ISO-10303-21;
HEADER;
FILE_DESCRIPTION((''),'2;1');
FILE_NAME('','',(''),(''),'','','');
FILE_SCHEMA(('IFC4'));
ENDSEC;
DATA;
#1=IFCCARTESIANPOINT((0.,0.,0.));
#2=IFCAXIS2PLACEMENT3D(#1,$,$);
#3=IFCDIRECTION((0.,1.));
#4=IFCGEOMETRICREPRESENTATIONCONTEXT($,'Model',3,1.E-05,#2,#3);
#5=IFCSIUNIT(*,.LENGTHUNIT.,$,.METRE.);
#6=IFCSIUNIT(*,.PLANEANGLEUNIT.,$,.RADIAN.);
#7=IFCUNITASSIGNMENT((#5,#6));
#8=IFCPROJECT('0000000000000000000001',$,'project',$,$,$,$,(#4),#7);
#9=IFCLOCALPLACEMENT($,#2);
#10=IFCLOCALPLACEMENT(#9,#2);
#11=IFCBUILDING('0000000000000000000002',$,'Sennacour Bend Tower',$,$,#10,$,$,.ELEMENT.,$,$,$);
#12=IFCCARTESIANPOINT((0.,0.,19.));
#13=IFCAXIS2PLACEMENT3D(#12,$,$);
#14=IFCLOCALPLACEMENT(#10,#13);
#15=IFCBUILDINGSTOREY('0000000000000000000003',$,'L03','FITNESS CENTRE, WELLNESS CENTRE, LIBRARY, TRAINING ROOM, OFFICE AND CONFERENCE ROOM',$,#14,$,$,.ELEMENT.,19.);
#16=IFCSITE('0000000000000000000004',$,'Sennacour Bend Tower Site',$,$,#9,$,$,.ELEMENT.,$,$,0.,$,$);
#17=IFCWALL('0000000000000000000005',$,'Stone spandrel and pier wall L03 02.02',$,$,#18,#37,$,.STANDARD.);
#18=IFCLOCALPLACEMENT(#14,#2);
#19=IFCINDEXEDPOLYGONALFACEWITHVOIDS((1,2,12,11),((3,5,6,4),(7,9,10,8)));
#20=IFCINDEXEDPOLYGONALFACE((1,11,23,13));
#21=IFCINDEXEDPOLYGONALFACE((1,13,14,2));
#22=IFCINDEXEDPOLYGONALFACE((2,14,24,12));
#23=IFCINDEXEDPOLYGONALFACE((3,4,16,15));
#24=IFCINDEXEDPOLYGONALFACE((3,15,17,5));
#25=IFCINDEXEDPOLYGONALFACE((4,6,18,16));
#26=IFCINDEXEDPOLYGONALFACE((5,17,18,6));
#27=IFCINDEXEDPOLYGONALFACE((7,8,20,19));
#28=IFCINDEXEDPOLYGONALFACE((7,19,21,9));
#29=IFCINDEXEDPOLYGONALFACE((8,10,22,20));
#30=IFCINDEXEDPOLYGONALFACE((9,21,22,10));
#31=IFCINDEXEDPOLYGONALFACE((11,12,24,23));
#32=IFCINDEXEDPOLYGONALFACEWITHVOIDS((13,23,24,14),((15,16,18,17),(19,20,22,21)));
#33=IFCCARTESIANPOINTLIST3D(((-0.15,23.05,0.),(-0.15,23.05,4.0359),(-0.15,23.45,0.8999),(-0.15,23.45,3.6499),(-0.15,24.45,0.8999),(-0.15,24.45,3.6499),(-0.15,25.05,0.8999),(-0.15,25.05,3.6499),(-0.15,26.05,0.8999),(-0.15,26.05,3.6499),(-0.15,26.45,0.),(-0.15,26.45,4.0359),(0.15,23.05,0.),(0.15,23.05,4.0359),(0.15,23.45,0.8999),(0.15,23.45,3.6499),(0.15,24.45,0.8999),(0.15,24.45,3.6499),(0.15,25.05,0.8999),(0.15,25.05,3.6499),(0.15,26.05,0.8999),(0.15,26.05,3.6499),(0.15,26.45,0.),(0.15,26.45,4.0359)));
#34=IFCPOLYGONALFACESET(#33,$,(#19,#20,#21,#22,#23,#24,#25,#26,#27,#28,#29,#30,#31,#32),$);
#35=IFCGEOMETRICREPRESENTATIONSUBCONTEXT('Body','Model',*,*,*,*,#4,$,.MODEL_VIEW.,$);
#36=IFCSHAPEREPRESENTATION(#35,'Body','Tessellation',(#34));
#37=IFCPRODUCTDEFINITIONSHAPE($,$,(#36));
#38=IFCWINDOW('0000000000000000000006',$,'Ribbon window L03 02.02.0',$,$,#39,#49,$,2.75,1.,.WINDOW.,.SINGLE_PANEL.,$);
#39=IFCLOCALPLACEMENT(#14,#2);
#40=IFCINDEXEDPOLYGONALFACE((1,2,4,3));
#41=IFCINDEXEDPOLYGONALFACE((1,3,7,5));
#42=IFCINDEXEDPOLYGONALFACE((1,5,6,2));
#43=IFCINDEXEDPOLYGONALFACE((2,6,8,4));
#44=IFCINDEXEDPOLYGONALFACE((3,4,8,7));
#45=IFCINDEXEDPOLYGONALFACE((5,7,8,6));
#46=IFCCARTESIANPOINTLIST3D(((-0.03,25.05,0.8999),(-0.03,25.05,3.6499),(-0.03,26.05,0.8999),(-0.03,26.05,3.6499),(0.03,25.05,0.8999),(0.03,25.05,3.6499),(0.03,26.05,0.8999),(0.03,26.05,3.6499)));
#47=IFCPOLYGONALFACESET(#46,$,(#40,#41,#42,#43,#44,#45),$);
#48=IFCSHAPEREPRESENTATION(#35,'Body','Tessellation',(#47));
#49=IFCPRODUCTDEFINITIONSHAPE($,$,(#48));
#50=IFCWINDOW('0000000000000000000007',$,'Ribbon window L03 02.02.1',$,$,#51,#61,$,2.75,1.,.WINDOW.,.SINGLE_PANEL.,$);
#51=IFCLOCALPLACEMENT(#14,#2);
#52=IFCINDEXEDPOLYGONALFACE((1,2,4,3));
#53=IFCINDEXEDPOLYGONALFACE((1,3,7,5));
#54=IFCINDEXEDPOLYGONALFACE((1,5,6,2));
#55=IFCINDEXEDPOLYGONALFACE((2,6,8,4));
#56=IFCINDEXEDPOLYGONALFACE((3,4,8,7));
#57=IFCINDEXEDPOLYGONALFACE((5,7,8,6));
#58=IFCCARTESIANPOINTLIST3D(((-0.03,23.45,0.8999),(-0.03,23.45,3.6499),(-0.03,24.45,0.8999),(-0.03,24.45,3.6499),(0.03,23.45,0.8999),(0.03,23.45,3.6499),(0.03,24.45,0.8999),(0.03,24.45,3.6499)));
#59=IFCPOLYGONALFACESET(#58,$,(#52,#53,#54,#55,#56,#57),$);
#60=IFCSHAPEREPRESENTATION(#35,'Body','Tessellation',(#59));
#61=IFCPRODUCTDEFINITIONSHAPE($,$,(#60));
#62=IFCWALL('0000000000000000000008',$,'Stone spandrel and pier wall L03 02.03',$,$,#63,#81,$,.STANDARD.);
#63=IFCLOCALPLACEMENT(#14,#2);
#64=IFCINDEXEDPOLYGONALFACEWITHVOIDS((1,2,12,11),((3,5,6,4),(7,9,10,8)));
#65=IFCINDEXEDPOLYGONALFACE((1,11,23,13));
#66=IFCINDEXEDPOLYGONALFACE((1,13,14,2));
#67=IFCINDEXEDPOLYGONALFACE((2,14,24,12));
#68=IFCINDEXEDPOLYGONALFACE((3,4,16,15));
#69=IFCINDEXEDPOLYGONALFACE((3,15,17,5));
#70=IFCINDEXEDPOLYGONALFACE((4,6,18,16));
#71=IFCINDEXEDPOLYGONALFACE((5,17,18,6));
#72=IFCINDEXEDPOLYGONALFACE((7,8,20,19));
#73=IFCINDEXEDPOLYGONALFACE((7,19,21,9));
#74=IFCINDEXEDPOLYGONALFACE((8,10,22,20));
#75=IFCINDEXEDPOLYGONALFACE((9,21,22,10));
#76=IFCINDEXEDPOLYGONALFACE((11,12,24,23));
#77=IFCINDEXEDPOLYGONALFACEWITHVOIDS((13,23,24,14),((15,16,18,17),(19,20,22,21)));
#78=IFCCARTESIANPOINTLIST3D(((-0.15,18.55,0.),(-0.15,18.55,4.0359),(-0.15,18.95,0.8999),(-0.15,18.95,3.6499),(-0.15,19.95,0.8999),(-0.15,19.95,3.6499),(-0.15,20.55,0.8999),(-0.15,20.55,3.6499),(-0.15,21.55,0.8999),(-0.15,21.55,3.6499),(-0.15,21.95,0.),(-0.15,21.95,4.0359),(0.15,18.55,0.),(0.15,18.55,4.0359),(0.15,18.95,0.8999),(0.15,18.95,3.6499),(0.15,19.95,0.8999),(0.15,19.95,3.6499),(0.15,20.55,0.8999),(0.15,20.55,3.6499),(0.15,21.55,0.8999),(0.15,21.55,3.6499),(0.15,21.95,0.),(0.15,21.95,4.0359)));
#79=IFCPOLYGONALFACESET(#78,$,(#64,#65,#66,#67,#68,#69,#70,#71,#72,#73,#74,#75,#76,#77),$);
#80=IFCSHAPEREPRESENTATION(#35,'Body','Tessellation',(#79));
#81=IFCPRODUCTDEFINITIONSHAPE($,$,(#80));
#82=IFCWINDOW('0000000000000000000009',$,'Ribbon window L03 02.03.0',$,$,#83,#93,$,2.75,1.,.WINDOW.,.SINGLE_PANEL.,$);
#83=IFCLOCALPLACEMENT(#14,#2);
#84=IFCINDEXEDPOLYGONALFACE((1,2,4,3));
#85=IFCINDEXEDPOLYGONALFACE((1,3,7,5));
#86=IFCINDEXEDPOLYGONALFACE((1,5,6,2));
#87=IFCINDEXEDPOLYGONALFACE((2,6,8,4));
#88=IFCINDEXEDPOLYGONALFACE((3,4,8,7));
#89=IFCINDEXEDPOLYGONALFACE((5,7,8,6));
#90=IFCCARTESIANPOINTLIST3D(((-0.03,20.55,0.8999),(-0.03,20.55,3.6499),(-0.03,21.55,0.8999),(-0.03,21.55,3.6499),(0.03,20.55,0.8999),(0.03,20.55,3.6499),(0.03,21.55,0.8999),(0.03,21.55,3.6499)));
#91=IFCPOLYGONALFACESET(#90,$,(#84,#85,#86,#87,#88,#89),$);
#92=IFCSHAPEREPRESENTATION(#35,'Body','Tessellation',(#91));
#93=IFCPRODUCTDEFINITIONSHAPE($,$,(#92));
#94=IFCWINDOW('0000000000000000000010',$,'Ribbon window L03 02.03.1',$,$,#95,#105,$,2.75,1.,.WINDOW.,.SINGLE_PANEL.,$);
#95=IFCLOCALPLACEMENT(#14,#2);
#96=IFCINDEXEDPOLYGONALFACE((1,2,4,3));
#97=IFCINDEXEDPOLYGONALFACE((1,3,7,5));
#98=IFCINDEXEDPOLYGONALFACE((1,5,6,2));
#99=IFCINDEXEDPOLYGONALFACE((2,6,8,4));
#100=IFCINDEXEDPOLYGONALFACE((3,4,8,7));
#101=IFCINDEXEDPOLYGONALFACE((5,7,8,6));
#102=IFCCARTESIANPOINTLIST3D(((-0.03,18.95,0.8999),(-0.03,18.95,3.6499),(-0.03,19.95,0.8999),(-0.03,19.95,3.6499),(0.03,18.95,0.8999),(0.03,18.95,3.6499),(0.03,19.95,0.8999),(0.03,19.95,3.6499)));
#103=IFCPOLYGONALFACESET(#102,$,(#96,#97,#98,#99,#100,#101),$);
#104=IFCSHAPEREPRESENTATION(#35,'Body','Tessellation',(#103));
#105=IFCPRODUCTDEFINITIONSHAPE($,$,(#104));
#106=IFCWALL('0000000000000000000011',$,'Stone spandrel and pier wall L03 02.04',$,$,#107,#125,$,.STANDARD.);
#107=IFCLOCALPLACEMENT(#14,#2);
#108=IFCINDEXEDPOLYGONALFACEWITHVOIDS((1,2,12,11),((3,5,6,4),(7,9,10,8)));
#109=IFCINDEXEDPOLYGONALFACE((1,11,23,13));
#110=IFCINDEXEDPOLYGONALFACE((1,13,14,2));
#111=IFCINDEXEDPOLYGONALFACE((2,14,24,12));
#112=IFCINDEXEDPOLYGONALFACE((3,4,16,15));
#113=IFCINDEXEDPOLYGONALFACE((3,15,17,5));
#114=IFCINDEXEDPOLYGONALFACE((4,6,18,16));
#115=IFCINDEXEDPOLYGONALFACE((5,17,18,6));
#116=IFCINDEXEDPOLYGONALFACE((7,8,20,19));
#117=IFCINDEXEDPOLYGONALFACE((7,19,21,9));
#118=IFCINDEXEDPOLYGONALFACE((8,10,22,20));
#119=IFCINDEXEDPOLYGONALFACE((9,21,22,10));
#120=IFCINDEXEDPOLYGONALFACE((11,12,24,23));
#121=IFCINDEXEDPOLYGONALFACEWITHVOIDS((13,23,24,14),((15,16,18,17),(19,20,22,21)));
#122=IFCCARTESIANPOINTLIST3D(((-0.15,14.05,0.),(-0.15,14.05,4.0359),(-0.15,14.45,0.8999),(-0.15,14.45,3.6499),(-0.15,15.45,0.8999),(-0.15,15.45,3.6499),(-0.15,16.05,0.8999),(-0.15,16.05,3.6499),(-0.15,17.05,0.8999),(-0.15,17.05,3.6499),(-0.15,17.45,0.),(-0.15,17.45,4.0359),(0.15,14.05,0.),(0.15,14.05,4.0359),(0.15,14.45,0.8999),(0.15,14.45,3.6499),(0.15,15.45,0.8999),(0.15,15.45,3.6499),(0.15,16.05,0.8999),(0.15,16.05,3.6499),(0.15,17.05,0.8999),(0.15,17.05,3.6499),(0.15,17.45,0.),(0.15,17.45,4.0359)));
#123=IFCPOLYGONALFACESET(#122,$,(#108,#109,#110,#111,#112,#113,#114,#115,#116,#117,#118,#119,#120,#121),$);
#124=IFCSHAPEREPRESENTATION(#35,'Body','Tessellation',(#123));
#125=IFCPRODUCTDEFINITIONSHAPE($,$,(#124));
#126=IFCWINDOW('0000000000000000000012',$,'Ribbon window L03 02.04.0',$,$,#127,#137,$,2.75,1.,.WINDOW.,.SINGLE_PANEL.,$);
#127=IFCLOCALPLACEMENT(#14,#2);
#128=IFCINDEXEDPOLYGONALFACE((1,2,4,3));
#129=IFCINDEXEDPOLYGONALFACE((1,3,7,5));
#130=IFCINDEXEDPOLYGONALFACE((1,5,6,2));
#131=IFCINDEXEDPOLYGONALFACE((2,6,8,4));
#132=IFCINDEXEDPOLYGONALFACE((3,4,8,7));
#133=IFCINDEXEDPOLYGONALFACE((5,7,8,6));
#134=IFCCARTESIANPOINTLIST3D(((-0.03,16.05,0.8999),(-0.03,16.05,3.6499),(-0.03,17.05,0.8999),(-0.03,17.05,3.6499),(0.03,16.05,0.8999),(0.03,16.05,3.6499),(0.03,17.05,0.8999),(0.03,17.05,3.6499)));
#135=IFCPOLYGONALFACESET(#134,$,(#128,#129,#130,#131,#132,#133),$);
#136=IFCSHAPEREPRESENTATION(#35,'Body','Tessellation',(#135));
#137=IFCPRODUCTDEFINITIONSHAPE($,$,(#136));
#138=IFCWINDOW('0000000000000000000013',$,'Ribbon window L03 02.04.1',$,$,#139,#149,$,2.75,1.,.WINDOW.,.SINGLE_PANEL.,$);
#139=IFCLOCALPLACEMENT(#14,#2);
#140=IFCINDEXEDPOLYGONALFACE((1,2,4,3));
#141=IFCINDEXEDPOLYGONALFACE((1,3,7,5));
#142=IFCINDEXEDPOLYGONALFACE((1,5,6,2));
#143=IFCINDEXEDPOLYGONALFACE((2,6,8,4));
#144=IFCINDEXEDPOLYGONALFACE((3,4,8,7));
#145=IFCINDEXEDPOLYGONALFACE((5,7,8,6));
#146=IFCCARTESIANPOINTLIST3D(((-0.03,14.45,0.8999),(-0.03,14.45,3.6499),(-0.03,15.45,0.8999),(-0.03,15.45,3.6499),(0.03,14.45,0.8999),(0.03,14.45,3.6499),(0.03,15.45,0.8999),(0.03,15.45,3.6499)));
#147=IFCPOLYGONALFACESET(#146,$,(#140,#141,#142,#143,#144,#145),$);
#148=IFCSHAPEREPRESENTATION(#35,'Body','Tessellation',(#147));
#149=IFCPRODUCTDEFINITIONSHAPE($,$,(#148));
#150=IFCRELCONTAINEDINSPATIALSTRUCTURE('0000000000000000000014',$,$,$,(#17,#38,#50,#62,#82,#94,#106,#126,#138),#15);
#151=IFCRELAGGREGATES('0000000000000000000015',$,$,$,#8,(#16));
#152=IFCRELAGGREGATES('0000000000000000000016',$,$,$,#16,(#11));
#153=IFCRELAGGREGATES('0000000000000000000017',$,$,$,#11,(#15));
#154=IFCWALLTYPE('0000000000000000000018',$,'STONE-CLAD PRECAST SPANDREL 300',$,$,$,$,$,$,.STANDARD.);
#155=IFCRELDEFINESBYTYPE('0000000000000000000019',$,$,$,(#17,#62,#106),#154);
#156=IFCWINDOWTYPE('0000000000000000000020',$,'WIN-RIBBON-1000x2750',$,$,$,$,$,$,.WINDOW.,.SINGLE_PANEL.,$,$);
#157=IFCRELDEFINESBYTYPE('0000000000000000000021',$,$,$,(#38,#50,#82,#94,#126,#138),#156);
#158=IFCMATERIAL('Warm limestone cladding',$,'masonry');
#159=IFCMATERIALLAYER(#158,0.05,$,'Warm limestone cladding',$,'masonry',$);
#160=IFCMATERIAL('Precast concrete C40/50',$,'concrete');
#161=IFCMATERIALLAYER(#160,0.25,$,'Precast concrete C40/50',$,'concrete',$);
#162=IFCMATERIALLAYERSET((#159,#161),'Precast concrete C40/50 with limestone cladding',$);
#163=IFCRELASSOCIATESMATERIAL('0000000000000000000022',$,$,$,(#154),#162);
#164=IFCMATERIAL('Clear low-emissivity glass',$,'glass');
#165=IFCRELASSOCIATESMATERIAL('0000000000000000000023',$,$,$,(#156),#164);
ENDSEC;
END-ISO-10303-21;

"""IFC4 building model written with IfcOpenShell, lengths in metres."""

from ifc_helpers import new_model, si_unit, direction, frame, frame_2d, origin, place, context, subcontext, project, spatial, rectangle, extrude, material, layer, layer_set, type_object, element, fill, save


model = new_model("IFC4")

# Units and contexts
model_context = context("Model", 3, precision=1e-05, world=origin(), true_north=direction((0.0, 1.0)))
body_context = subcontext(model_context, "Body", "Model", "MODEL_VIEW")
ifc_project = project(units=[si_unit("LENGTHUNIT", "METRE"), si_unit("PLANEANGLEUNIT", "RADIAN")], contexts=[model_context])

# Site, building, storey
site_placement = place(None, origin())
site = spatial("IfcSite", under=ifc_project, at=site_placement, Name="Sennacour Bend Tower Site", CompositionType="ELEMENT", RefElevation=0.0)
building_placement = place(site_placement, origin())
building = spatial("IfcBuilding", under=site, at=building_placement, Name="Sennacour Bend Tower", CompositionType="ELEMENT")
storey_placement = place(building_placement, frame((0.0, 0.0, 19.0)))
storey = spatial("IfcBuildingStorey", under=building, at=storey_placement, Name="L03", Description="FITNESS CENTRE, WELLNESS CENTRE, LIBRARY, TRAINING ROOM, OFFICE AND CONFERENCE ROOM", CompositionType="ELEMENT", Elevation=19.0)

# Walls, openings, windows
ifc_material_1 = material(Name="Warm limestone cladding", Category="masonry")
ifc_layer_1 = layer(ifc_material_1, 0.05, Name="Warm limestone cladding", Category="masonry")
ifc_material_2 = material(Name="Precast concrete C40/50", Category="concrete")
ifc_layer_2 = layer(ifc_material_2, 0.25, Name="Precast concrete C40/50", Category="concrete")
ifc_layer_set_1 = layer_set([ifc_layer_1, ifc_layer_2], Name="Precast concrete C40/50 with limestone cladding")
wall_type_1 = type_object("IfcWallType", Name="STONE-CLAD PRECAST SPANDREL 300", PredefinedType="STANDARD", material=ifc_layer_set_1)
wall_1_placement = place(storey_placement, frame((0.0, 26.45, 0.0), z_axis=(0.0, 0.0, 1.0), x_axis=(0.0, -1.0, 0.0)))
wall_1 = element("IfcWall", 1, at=wall_1_placement, inside=storey, type_object=wall_type_1, Name="Stone spandrel and pier wall L03 02.02", PredefinedType="STANDARD", context=body_context, shape_type="SweptSolid", body=[
    extrude(rectangle(XDim=3.3999, YDim=0.3, at=frame_2d((1.7, 0.0))), origin(), (0.0, 0.0, 1.0), 4.0359),
])
opening_1_placement = place(wall_1_placement, frame((0.3999, 0.0, 0.8999)))
opening_1 = element("IfcOpeningElement", 2, at=opening_1_placement, cuts=wall_1, PredefinedType="OPENING", context=body_context, shape_type="SweptSolid", body=[
    extrude(rectangle(XDim=1.0, YDim=2.75, at=frame_2d((0.5, 1.375))), frame((0.0, 0.1602, 0.0), z_axis=(0.0, -1.0, 0.0), x_axis=(1.0, 0.0, 0.0)), (0.0, 0.0, 1.0), 0.3201),
])
opening_2_placement = place(wall_1_placement, frame((2.0, 0.0, 0.8999)))
opening_2 = element("IfcOpeningElement", 3, at=opening_2_placement, cuts=wall_1, PredefinedType="OPENING", context=body_context, shape_type="SweptSolid", body=[
    extrude(rectangle(XDim=1.0, YDim=2.75, at=frame_2d((0.5, 1.375))), frame((0.0, 0.1602, 0.0), z_axis=(0.0, -1.0, 0.0), x_axis=(1.0, 0.0, 0.0)), (0.0, 0.0, 1.0), 0.3201),
])
ifc_material_3 = material(Name="Clear low-emissivity glass", Category="glass")
window_type = type_object("IfcWindowType", Name="WIN-RIBBON-1000x2750", PartitioningType="SINGLE_PANEL", PredefinedType="WINDOW", material=ifc_material_3)
window_1_placement = place(opening_1_placement, origin())
window_1 = element("IfcWindow", 4, at=window_1_placement, inside=storey, type_object=window_type, Name="Ribbon window L03 02.02.0", OverallHeight=2.75, OverallWidth=1.0, PartitioningType="SINGLE_PANEL", PredefinedType="WINDOW", context=body_context, shape_type="SweptSolid", body=[
    extrude(rectangle(XDim=1.0, YDim=2.75, at=frame_2d((0.5, 1.375))), frame((0.0, 0.03, 0.0), z_axis=(0.0, -1.0, 0.0), x_axis=(1.0, 0.0, 0.0)), (0.0, 0.0, 1.0), 0.0601),
])
fill(opening_1, window_1)
window_2_placement = place(opening_2_placement, origin())
window_2 = element("IfcWindow", 5, at=window_2_placement, inside=storey, type_object=window_type, Name="Ribbon window L03 02.02.1", OverallHeight=2.75, OverallWidth=1.0, PartitioningType="SINGLE_PANEL", PredefinedType="WINDOW", context=body_context, shape_type="SweptSolid", body=[
    extrude(rectangle(XDim=1.0, YDim=2.75, at=frame_2d((0.5, 1.375))), frame((0.0, 0.03, 0.0), z_axis=(0.0, -1.0, 0.0), x_axis=(1.0, 0.0, 0.0)), (0.0, 0.0, 1.0), 0.0601),
])
fill(opening_2, window_2)
wall_2_placement = place(storey_placement, frame((0.0, 21.95, 0.0), z_axis=(0.0, 0.0, 1.0), x_axis=(0.0, -1.0, 0.0)))
wall_2 = element("IfcWall", 6, at=wall_2_placement, inside=storey, type_object=wall_type_1, Name="Stone spandrel and pier wall L03 02.03", PredefinedType="STANDARD", context=body_context, shape_type="SweptSolid", body=[
    extrude(rectangle(XDim=3.3999, YDim=0.3, at=frame_2d((1.7, 0.0))), origin(), (0.0, 0.0, 1.0), 4.0359),
])
opening_3_placement = place(wall_2_placement, frame((0.3999, 0.0, 0.8999)))
opening_3 = element("IfcOpeningElement", 7, at=opening_3_placement, cuts=wall_2, PredefinedType="OPENING", context=body_context, shape_type="SweptSolid", body=[
    extrude(rectangle(XDim=1.0, YDim=2.75, at=frame_2d((0.5, 1.375))), frame((0.0, 0.1602, 0.0), z_axis=(0.0, -1.0, 0.0), x_axis=(1.0, 0.0, 0.0)), (0.0, 0.0, 1.0), 0.3201),
])
opening_4_placement = place(wall_2_placement, frame((2.0, 0.0, 0.8999)))
opening_4 = element("IfcOpeningElement", 8, at=opening_4_placement, cuts=wall_2, PredefinedType="OPENING", context=body_context, shape_type="SweptSolid", body=[
    extrude(rectangle(XDim=1.0, YDim=2.75, at=frame_2d((0.5, 1.375))), frame((0.0, 0.1602, 0.0), z_axis=(0.0, -1.0, 0.0), x_axis=(1.0, 0.0, 0.0)), (0.0, 0.0, 1.0), 0.3201),
])
window_3_placement = place(opening_3_placement, origin())
window_3 = element("IfcWindow", 9, at=window_3_placement, inside=storey, type_object=window_type, Name="Ribbon window L03 02.03.0", OverallHeight=2.75, OverallWidth=1.0, PartitioningType="SINGLE_PANEL", PredefinedType="WINDOW", context=body_context, shape_type="SweptSolid", body=[
    extrude(rectangle(XDim=1.0, YDim=2.75, at=frame_2d((0.5, 1.375))), frame((0.0, 0.03, 0.0), z_axis=(0.0, -1.0, 0.0), x_axis=(1.0, 0.0, 0.0)), (0.0, 0.0, 1.0), 0.0601),
])
fill(opening_3, window_3)
window_4_placement = place(opening_4_placement, origin())
window_4 = element("IfcWindow", 10, at=window_4_placement, inside=storey, type_object=window_type, Name="Ribbon window L03 02.03.1", OverallHeight=2.75, OverallWidth=1.0, PartitioningType="SINGLE_PANEL", PredefinedType="WINDOW", context=body_context, shape_type="SweptSolid", body=[
    extrude(rectangle(XDim=1.0, YDim=2.75, at=frame_2d((0.5, 1.375))), frame((0.0, 0.03, 0.0), z_axis=(0.0, -1.0, 0.0), x_axis=(1.0, 0.0, 0.0)), (0.0, 0.0, 1.0), 0.0601),
])
fill(opening_4, window_4)
wall_3_placement = place(storey_placement, frame((0.0, 17.45, 0.0), z_axis=(0.0, 0.0, 1.0), x_axis=(0.0, -1.0, 0.0)))
wall_3 = element("IfcWall", 11, at=wall_3_placement, inside=storey, type_object=wall_type_1, Name="Stone spandrel and pier wall L03 02.04", PredefinedType="STANDARD", context=body_context, shape_type="SweptSolid", body=[
    extrude(rectangle(XDim=3.3999, YDim=0.3, at=frame_2d((1.7, 0.0))), origin(), (0.0, 0.0, 1.0), 4.0359),
])
opening_5_placement = place(wall_3_placement, frame((0.3999, 0.0, 0.8999)))
opening_5 = element("IfcOpeningElement", 12, at=opening_5_placement, cuts=wall_3, PredefinedType="OPENING", context=body_context, shape_type="SweptSolid", body=[
    extrude(rectangle(XDim=1.0, YDim=2.75, at=frame_2d((0.5, 1.375))), frame((0.0, 0.1602, 0.0), z_axis=(0.0, -1.0, 0.0), x_axis=(1.0, 0.0, 0.0)), (0.0, 0.0, 1.0), 0.3201),
])
opening_6_placement = place(wall_3_placement, frame((2.0, 0.0, 0.8999)))
opening_6 = element("IfcOpeningElement", 13, at=opening_6_placement, cuts=wall_3, PredefinedType="OPENING", context=body_context, shape_type="SweptSolid", body=[
    extrude(rectangle(XDim=1.0, YDim=2.75, at=frame_2d((0.5, 1.375))), frame((0.0, 0.1602, 0.0), z_axis=(0.0, -1.0, 0.0), x_axis=(1.0, 0.0, 0.0)), (0.0, 0.0, 1.0), 0.3201),
])
window_5_placement = place(opening_5_placement, origin())
window_5 = element("IfcWindow", 14, at=window_5_placement, inside=storey, type_object=window_type, Name="Ribbon window L03 02.04.0", OverallHeight=2.75, OverallWidth=1.0, PartitioningType="SINGLE_PANEL", PredefinedType="WINDOW", context=body_context, shape_type="SweptSolid", body=[
    extrude(rectangle(XDim=1.0, YDim=2.75, at=frame_2d((0.5, 1.375))), frame((0.0, 0.03, 0.0), z_axis=(0.0, -1.0, 0.0), x_axis=(1.0, 0.0, 0.0)), (0.0, 0.0, 1.0), 0.0601),
])
fill(opening_5, window_5)
window_6_placement = place(opening_6_placement, origin())
window_6 = element("IfcWindow", 15, at=window_6_placement, inside=storey, type_object=window_type, Name="Ribbon window L03 02.04.1", OverallHeight=2.75, OverallWidth=1.0, PartitioningType="SINGLE_PANEL", PredefinedType="WINDOW", context=body_context, shape_type="SweptSolid", body=[
    extrude(rectangle(XDim=1.0, YDim=2.75, at=frame_2d((0.5, 1.375))), frame((0.0, 0.03, 0.0), z_axis=(0.0, -1.0, 0.0), x_axis=(1.0, 0.0, 0.0)), (0.0, 0.0, 1.0), 0.0601),
])
fill(opening_6, window_6)

save(model, "model.ifc")
